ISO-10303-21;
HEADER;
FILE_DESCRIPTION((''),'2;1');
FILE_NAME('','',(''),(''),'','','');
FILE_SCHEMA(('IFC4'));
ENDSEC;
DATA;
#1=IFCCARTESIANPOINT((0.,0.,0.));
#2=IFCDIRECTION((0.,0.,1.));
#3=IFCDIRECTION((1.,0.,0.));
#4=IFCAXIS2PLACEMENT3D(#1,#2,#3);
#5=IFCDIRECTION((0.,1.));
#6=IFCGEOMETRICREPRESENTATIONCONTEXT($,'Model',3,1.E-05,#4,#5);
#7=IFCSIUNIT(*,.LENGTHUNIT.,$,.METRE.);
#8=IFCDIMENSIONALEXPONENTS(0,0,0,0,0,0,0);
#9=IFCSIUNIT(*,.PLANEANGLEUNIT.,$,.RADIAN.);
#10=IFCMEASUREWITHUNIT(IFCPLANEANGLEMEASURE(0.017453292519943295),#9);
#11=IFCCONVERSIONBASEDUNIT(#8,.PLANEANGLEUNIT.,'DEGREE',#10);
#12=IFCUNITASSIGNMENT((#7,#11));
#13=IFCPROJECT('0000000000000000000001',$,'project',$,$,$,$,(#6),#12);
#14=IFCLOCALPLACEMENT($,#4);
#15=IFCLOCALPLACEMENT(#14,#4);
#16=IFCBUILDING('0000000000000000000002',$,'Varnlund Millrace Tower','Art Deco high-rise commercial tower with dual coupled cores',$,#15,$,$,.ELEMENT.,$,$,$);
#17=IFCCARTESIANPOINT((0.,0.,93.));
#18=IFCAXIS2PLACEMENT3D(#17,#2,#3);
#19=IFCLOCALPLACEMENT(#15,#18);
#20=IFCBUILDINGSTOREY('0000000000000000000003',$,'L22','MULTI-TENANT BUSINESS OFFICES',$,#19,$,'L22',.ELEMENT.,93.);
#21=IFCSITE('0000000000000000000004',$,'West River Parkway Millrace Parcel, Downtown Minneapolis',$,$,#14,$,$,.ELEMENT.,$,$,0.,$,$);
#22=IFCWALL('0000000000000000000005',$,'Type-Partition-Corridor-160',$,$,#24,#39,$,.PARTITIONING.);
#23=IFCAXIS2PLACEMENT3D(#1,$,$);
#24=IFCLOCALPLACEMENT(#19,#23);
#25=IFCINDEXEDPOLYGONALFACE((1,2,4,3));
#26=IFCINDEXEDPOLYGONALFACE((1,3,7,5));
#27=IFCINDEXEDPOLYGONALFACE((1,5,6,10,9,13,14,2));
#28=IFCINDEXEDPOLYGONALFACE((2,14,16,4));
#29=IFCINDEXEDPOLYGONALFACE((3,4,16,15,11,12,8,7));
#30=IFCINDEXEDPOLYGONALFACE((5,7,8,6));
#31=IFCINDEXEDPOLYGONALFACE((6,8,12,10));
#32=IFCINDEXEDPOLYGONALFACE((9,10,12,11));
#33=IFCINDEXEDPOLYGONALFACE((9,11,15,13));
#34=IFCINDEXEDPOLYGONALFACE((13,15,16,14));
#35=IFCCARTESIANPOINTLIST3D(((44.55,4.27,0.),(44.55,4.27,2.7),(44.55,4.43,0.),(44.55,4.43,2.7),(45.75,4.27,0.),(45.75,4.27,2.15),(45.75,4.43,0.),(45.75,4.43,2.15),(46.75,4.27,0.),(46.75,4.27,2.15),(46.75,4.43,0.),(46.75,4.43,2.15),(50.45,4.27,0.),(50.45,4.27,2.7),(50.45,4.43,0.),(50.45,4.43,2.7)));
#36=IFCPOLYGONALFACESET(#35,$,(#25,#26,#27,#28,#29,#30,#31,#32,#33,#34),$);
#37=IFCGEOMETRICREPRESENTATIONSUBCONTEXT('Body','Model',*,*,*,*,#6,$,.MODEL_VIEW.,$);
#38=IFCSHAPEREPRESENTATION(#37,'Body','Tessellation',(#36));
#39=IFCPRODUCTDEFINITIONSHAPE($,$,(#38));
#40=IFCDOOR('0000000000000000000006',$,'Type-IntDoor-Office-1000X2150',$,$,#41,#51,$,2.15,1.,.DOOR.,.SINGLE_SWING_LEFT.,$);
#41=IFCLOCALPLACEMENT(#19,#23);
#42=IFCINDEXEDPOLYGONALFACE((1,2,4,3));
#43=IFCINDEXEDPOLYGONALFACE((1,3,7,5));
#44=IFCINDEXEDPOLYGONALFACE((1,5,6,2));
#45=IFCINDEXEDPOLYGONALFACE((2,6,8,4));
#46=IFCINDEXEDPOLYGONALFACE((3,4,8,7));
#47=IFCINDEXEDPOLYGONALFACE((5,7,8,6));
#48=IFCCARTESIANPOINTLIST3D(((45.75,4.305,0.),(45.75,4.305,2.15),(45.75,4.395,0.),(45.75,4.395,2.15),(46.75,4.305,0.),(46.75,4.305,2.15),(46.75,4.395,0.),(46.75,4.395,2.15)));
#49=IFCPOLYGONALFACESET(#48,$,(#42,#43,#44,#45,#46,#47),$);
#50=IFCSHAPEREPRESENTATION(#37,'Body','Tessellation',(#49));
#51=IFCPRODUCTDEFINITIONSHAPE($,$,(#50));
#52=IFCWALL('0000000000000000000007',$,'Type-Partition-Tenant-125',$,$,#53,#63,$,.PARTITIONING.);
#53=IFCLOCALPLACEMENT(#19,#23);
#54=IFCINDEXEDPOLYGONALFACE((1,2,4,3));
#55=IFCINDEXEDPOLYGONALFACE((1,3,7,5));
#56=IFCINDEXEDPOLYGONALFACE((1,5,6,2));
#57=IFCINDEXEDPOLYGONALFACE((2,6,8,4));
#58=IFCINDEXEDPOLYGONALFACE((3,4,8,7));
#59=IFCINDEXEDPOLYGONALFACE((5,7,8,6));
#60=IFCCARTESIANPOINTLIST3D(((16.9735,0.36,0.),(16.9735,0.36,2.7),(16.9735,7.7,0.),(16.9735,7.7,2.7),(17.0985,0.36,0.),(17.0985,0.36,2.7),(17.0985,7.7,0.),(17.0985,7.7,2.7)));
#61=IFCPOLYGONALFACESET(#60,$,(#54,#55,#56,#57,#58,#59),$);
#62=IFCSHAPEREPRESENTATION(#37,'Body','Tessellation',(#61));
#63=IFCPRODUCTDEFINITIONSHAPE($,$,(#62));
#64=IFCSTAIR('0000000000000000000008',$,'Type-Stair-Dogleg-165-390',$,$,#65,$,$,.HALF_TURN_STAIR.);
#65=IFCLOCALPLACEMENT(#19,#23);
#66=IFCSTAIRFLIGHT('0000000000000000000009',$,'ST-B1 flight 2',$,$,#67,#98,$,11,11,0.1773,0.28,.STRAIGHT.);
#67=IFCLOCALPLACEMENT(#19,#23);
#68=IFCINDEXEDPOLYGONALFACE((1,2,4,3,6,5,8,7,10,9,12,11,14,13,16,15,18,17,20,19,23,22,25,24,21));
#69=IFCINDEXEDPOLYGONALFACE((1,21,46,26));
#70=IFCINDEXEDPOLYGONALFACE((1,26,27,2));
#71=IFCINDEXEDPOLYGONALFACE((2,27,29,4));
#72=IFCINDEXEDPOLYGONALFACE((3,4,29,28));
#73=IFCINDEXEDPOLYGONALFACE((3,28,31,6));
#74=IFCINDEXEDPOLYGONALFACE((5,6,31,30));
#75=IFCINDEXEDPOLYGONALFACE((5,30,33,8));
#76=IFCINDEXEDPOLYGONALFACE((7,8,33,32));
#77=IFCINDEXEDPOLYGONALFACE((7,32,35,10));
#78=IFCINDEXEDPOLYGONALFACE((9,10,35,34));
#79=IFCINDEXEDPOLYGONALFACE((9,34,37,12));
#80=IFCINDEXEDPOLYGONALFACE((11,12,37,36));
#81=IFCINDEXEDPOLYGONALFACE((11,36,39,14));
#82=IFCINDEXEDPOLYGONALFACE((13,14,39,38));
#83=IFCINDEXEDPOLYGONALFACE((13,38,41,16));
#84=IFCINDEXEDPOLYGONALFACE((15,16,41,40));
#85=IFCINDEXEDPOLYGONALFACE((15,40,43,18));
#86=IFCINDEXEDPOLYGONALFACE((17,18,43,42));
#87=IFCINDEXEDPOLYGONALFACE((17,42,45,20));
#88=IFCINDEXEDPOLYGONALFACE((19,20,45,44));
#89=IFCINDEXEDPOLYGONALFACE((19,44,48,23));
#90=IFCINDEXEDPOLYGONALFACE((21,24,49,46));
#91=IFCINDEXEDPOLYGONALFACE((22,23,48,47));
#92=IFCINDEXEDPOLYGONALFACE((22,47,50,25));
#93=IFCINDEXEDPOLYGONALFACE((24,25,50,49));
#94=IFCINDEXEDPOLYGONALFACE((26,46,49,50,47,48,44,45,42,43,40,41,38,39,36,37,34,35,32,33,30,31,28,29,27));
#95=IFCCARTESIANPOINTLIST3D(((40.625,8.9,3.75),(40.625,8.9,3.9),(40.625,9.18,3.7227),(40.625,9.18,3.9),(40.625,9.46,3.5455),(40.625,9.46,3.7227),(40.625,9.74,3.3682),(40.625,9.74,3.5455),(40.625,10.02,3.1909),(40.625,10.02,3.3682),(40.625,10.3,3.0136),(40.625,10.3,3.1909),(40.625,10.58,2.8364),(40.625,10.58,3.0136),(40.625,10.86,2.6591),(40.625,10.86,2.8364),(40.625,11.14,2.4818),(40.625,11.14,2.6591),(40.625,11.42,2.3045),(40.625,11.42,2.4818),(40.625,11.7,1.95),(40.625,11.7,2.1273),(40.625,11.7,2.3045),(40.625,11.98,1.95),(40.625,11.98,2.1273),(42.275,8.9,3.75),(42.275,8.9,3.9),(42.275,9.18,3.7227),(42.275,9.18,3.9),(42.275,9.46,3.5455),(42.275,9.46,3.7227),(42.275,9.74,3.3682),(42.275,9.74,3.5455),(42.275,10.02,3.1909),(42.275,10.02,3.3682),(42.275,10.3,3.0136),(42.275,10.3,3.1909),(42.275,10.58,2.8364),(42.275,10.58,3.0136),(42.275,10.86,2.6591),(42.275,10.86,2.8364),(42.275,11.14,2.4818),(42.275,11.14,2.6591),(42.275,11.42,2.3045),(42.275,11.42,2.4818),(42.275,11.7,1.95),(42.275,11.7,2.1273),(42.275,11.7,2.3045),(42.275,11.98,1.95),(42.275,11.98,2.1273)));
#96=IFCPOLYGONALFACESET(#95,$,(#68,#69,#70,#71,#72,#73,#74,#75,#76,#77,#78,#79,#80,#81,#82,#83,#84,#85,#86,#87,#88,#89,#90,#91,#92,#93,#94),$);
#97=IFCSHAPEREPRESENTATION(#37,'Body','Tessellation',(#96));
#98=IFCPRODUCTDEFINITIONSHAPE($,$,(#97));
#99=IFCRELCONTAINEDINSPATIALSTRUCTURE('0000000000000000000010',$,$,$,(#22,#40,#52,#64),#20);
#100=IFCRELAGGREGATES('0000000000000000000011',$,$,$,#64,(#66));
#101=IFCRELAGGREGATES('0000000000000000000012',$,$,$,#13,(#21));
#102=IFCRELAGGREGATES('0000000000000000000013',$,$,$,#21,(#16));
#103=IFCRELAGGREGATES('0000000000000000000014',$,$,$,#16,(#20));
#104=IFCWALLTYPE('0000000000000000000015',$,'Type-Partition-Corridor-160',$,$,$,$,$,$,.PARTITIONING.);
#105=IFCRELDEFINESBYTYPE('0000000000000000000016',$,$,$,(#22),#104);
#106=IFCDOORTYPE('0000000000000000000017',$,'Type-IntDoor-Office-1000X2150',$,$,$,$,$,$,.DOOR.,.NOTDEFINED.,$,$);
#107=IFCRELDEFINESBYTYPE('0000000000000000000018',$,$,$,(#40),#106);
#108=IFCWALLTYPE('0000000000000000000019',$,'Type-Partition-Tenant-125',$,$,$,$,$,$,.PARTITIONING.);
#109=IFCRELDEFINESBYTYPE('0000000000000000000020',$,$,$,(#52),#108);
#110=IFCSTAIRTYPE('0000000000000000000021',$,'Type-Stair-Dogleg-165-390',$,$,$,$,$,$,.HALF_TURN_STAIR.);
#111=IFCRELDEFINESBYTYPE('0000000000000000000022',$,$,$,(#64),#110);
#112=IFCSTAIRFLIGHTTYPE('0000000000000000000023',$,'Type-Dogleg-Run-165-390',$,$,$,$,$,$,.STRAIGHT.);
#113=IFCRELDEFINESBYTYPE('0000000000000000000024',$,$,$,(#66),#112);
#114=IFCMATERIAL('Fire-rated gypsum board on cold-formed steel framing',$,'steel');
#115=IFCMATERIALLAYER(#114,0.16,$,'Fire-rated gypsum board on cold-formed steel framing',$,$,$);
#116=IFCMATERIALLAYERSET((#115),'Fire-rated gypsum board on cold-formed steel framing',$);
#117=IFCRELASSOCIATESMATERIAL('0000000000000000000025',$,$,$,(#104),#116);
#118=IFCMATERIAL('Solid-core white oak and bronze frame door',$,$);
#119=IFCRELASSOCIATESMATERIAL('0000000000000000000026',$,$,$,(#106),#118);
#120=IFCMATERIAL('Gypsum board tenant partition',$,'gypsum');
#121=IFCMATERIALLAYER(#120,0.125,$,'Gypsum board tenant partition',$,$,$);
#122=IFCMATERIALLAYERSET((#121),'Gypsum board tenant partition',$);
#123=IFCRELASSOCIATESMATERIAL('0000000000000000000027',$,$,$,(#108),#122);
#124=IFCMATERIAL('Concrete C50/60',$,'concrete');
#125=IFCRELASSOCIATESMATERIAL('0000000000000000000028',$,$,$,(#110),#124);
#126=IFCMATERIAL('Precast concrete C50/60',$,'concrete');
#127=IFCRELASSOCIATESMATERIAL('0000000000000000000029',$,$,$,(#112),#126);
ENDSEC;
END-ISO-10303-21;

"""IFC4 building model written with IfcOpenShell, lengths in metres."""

from ifc_helpers import new_model, entity, si_unit, converted_unit, direction, frame, origin_with_axes, origin_2d_with_axis, place, context, subcontext, project, spatial, polyline, rectangle, outline, extrude, material, layer, layer_set, type_object, element, fill, aggregate, save


model = new_model("IFC4")

# Units and contexts
model_context = context("Model", 3, precision=1e-05, world=origin_with_axes(), true_north=direction((0.0, 1.0)))
body_context = subcontext(model_context, "Body", "Model", "MODEL_VIEW")
ifc_project = project(units=[si_unit("LENGTHUNIT", "METRE"), converted_unit("PLANEANGLEUNIT", "DEGREE", entity("IfcPlaneAngleMeasure", 0.017453292519943295), si_unit("PLANEANGLEUNIT", "RADIAN"), dimensions=[0, 0, 0, 0, 0, 0, 0])], contexts=[model_context])

# Site, building, storey
site_placement = place(None, origin_with_axes())
site = spatial("IfcSite", under=ifc_project, at=site_placement, Name="West River Parkway Millrace Parcel, Downtown Minneapolis", CompositionType="ELEMENT", RefElevation=0.0)
building_placement = place(site_placement, origin_with_axes())
building = spatial("IfcBuilding", under=site, at=building_placement, Name="Varnlund Millrace Tower", Description="Art Deco high-rise commercial tower with dual coupled cores", CompositionType="ELEMENT")
storey_placement = place(building_placement, frame((0.0, 0.0, 93.0), z_axis=(0.0, 0.0, 1.0), x_axis=(1.0, 0.0, 0.0)))
storey = spatial("IfcBuildingStorey", under=building, at=storey_placement, Name="L22", Description="MULTI-TENANT BUSINESS OFFICES", LongName="L22", CompositionType="ELEMENT", Elevation=93.0)

# Shared definitions
ifc_material_1 = material(Name="Precast concrete C50/60", Category="concrete")

# Wall, opening, door
ifc_material_2 = material(Name="Fire-rated gypsum board on cold-formed steel framing", Category="steel")
ifc_layer_1 = layer(ifc_material_2, 0.16, Name="Fire-rated gypsum board on cold-formed steel framing")
ifc_layer_set_1 = layer_set([ifc_layer_1], Name="Fire-rated gypsum board on cold-formed steel framing")
wall_type_1 = type_object("IfcWallType", Name="Type-Partition-Corridor-160", PredefinedType="PARTITIONING", material=ifc_layer_set_1)
wall_1_placement = place(storey_placement, frame((44.55, 4.35, 0.0), z_axis=(0.0, 0.0, 1.0), x_axis=(1.0, 0.0, 0.0)))
wall_1 = element("IfcWall", 1, at=wall_1_placement, inside=storey, type_object=wall_type_1, Name="Type-Partition-Corridor-160", PredefinedType="PARTITIONING", context=body_context, shape_type="SweptSolid", body=[
    extrude(outline(polyline([(0.0, -0.08), (5.9, -0.08), (5.9, 0.08), (0.0, 0.08), (0.0, -0.08)])), origin_with_axes(), (0.0, 0.0, 1.0), 2.7),
])
opening_1_placement = place(wall_1_placement, frame((1.7, 0.0, 0.0), z_axis=(0.0, 0.0, 1.0), x_axis=(1.0, 0.0, 0.0)))
opening_1 = element("IfcOpeningElement", 2, at=opening_1_placement, cuts=wall_1, PredefinedType="OPENING", context=body_context, shape_type="SweptSolid", body=[
    extrude(rectangle(XDim=1.0, YDim=0.18, at=origin_2d_with_axis()), origin_with_axes(), (0.0, 0.0, 1.0), 2.15),
])
ifc_material_3 = material(Name="Solid-core white oak and bronze frame door")
door_type = type_object("IfcDoorType", Name="Type-IntDoor-Office-1000X2150", OperationType="NOTDEFINED", PredefinedType="DOOR", material=ifc_material_3)
door_placement = place(wall_1_placement, frame((1.7, 0.0, 0.0), z_axis=(0.0, 0.0, 1.0), x_axis=(1.0, 0.0, 0.0)))
door = element("IfcDoor", 3, at=door_placement, inside=storey, type_object=door_type, Name="Type-IntDoor-Office-1000X2150", OperationType="SINGLE_SWING_LEFT", OverallHeight=2.15, OverallWidth=1.0, PredefinedType="DOOR", context=body_context, shape_type="SweptSolid", body=[
    extrude(rectangle(XDim=1.0, YDim=0.09, at=origin_2d_with_axis()), origin_with_axes(), (0.0, 0.0, 1.0), 2.15),
])
fill(opening_1, door)

# Wall
ifc_material_4 = material(Name="Gypsum board tenant partition", Category="gypsum")
ifc_layer_2 = layer(ifc_material_4, 0.125, Name="Gypsum board tenant partition")
ifc_layer_set_2 = layer_set([ifc_layer_2], Name="Gypsum board tenant partition")
wall_type_2 = type_object("IfcWallType", Name="Type-Partition-Tenant-125", PredefinedType="PARTITIONING", material=ifc_layer_set_2)
wall_2_placement = place(storey_placement, frame((17.036, 0.36, 0.0), z_axis=(0.0, 0.0, 1.0), x_axis=(0.0, 1.0, 0.0)))
element("IfcWall", 4, at=wall_2_placement, inside=storey, type_object=wall_type_2, Name="Type-Partition-Tenant-125", PredefinedType="PARTITIONING", context=body_context, shape_type="SweptSolid", body=[
    extrude(outline(polyline([(0.0, -0.0625), (7.34, -0.0625), (7.34, 0.0625), (0.0, 0.0625), (0.0, -0.0625)])), origin_with_axes(), (0.0, 0.0, 1.0), 2.7),
])

# Stair, stair flight
ifc_material_5 = material(Name="Concrete C50/60", Category="concrete")
stair_type = type_object("IfcStairType", Name="Type-Stair-Dogleg-165-390", PredefinedType="HALF_TURN_STAIR", material=ifc_material_5)
stair_placement = place(storey_placement, origin_with_axes())
stair = element("IfcStair", 5, at=stair_placement, inside=storey, type_object=stair_type, Name="Type-Stair-Dogleg-165-390", PredefinedType="HALF_TURN_STAIR")
stair_flight_type = type_object("IfcStairFlightType", Name="Type-Dogleg-Run-165-390", PredefinedType="STRAIGHT", material=ifc_material_1)
stair_flight_placement = place(storey_placement, frame((42.275, 11.98, 1.95), z_axis=(-1.0, 0.0, 0.0), x_axis=(0.0, -1.0, 0.0)))
stair_flight = element("IfcStairFlight", 6, at=stair_flight_placement, type_object=stair_flight_type, Name="ST-B1 flight 2", NumberOfRisers=11, NumberOfTreads=11, PredefinedType="STRAIGHT", RiserHeight=0.1773, TreadLength=0.28, context=body_context, shape_type="SweptSolid", body=[
    extrude(outline(polyline([(0.0, 0.0), (0.0, 0.1773), (0.28, 0.1773), (0.28, 0.3545), (0.56, 0.3545), (0.56, 0.5318), (0.84, 0.5318), (0.84, 0.7091), (1.12, 0.7091), (1.12, 0.8864), (1.4, 0.8864), (1.4, 1.0636), (1.68, 1.0636), (1.68, 1.2409), (1.96, 1.2409), (1.96, 1.4182), (2.24, 1.4182), (2.24, 1.5955), (2.52, 1.5955), (2.52, 1.7727), (2.8, 1.7727), (2.8, 1.95), (3.08, 1.95), (3.08, 1.8), (0.28, 0.0), (0.0, 0.0)])), origin_with_axes(), (0.0, 0.0, 1.0), 1.65),
])
aggregate(stair, [stair_flight])

save(model, "model.ifc")
